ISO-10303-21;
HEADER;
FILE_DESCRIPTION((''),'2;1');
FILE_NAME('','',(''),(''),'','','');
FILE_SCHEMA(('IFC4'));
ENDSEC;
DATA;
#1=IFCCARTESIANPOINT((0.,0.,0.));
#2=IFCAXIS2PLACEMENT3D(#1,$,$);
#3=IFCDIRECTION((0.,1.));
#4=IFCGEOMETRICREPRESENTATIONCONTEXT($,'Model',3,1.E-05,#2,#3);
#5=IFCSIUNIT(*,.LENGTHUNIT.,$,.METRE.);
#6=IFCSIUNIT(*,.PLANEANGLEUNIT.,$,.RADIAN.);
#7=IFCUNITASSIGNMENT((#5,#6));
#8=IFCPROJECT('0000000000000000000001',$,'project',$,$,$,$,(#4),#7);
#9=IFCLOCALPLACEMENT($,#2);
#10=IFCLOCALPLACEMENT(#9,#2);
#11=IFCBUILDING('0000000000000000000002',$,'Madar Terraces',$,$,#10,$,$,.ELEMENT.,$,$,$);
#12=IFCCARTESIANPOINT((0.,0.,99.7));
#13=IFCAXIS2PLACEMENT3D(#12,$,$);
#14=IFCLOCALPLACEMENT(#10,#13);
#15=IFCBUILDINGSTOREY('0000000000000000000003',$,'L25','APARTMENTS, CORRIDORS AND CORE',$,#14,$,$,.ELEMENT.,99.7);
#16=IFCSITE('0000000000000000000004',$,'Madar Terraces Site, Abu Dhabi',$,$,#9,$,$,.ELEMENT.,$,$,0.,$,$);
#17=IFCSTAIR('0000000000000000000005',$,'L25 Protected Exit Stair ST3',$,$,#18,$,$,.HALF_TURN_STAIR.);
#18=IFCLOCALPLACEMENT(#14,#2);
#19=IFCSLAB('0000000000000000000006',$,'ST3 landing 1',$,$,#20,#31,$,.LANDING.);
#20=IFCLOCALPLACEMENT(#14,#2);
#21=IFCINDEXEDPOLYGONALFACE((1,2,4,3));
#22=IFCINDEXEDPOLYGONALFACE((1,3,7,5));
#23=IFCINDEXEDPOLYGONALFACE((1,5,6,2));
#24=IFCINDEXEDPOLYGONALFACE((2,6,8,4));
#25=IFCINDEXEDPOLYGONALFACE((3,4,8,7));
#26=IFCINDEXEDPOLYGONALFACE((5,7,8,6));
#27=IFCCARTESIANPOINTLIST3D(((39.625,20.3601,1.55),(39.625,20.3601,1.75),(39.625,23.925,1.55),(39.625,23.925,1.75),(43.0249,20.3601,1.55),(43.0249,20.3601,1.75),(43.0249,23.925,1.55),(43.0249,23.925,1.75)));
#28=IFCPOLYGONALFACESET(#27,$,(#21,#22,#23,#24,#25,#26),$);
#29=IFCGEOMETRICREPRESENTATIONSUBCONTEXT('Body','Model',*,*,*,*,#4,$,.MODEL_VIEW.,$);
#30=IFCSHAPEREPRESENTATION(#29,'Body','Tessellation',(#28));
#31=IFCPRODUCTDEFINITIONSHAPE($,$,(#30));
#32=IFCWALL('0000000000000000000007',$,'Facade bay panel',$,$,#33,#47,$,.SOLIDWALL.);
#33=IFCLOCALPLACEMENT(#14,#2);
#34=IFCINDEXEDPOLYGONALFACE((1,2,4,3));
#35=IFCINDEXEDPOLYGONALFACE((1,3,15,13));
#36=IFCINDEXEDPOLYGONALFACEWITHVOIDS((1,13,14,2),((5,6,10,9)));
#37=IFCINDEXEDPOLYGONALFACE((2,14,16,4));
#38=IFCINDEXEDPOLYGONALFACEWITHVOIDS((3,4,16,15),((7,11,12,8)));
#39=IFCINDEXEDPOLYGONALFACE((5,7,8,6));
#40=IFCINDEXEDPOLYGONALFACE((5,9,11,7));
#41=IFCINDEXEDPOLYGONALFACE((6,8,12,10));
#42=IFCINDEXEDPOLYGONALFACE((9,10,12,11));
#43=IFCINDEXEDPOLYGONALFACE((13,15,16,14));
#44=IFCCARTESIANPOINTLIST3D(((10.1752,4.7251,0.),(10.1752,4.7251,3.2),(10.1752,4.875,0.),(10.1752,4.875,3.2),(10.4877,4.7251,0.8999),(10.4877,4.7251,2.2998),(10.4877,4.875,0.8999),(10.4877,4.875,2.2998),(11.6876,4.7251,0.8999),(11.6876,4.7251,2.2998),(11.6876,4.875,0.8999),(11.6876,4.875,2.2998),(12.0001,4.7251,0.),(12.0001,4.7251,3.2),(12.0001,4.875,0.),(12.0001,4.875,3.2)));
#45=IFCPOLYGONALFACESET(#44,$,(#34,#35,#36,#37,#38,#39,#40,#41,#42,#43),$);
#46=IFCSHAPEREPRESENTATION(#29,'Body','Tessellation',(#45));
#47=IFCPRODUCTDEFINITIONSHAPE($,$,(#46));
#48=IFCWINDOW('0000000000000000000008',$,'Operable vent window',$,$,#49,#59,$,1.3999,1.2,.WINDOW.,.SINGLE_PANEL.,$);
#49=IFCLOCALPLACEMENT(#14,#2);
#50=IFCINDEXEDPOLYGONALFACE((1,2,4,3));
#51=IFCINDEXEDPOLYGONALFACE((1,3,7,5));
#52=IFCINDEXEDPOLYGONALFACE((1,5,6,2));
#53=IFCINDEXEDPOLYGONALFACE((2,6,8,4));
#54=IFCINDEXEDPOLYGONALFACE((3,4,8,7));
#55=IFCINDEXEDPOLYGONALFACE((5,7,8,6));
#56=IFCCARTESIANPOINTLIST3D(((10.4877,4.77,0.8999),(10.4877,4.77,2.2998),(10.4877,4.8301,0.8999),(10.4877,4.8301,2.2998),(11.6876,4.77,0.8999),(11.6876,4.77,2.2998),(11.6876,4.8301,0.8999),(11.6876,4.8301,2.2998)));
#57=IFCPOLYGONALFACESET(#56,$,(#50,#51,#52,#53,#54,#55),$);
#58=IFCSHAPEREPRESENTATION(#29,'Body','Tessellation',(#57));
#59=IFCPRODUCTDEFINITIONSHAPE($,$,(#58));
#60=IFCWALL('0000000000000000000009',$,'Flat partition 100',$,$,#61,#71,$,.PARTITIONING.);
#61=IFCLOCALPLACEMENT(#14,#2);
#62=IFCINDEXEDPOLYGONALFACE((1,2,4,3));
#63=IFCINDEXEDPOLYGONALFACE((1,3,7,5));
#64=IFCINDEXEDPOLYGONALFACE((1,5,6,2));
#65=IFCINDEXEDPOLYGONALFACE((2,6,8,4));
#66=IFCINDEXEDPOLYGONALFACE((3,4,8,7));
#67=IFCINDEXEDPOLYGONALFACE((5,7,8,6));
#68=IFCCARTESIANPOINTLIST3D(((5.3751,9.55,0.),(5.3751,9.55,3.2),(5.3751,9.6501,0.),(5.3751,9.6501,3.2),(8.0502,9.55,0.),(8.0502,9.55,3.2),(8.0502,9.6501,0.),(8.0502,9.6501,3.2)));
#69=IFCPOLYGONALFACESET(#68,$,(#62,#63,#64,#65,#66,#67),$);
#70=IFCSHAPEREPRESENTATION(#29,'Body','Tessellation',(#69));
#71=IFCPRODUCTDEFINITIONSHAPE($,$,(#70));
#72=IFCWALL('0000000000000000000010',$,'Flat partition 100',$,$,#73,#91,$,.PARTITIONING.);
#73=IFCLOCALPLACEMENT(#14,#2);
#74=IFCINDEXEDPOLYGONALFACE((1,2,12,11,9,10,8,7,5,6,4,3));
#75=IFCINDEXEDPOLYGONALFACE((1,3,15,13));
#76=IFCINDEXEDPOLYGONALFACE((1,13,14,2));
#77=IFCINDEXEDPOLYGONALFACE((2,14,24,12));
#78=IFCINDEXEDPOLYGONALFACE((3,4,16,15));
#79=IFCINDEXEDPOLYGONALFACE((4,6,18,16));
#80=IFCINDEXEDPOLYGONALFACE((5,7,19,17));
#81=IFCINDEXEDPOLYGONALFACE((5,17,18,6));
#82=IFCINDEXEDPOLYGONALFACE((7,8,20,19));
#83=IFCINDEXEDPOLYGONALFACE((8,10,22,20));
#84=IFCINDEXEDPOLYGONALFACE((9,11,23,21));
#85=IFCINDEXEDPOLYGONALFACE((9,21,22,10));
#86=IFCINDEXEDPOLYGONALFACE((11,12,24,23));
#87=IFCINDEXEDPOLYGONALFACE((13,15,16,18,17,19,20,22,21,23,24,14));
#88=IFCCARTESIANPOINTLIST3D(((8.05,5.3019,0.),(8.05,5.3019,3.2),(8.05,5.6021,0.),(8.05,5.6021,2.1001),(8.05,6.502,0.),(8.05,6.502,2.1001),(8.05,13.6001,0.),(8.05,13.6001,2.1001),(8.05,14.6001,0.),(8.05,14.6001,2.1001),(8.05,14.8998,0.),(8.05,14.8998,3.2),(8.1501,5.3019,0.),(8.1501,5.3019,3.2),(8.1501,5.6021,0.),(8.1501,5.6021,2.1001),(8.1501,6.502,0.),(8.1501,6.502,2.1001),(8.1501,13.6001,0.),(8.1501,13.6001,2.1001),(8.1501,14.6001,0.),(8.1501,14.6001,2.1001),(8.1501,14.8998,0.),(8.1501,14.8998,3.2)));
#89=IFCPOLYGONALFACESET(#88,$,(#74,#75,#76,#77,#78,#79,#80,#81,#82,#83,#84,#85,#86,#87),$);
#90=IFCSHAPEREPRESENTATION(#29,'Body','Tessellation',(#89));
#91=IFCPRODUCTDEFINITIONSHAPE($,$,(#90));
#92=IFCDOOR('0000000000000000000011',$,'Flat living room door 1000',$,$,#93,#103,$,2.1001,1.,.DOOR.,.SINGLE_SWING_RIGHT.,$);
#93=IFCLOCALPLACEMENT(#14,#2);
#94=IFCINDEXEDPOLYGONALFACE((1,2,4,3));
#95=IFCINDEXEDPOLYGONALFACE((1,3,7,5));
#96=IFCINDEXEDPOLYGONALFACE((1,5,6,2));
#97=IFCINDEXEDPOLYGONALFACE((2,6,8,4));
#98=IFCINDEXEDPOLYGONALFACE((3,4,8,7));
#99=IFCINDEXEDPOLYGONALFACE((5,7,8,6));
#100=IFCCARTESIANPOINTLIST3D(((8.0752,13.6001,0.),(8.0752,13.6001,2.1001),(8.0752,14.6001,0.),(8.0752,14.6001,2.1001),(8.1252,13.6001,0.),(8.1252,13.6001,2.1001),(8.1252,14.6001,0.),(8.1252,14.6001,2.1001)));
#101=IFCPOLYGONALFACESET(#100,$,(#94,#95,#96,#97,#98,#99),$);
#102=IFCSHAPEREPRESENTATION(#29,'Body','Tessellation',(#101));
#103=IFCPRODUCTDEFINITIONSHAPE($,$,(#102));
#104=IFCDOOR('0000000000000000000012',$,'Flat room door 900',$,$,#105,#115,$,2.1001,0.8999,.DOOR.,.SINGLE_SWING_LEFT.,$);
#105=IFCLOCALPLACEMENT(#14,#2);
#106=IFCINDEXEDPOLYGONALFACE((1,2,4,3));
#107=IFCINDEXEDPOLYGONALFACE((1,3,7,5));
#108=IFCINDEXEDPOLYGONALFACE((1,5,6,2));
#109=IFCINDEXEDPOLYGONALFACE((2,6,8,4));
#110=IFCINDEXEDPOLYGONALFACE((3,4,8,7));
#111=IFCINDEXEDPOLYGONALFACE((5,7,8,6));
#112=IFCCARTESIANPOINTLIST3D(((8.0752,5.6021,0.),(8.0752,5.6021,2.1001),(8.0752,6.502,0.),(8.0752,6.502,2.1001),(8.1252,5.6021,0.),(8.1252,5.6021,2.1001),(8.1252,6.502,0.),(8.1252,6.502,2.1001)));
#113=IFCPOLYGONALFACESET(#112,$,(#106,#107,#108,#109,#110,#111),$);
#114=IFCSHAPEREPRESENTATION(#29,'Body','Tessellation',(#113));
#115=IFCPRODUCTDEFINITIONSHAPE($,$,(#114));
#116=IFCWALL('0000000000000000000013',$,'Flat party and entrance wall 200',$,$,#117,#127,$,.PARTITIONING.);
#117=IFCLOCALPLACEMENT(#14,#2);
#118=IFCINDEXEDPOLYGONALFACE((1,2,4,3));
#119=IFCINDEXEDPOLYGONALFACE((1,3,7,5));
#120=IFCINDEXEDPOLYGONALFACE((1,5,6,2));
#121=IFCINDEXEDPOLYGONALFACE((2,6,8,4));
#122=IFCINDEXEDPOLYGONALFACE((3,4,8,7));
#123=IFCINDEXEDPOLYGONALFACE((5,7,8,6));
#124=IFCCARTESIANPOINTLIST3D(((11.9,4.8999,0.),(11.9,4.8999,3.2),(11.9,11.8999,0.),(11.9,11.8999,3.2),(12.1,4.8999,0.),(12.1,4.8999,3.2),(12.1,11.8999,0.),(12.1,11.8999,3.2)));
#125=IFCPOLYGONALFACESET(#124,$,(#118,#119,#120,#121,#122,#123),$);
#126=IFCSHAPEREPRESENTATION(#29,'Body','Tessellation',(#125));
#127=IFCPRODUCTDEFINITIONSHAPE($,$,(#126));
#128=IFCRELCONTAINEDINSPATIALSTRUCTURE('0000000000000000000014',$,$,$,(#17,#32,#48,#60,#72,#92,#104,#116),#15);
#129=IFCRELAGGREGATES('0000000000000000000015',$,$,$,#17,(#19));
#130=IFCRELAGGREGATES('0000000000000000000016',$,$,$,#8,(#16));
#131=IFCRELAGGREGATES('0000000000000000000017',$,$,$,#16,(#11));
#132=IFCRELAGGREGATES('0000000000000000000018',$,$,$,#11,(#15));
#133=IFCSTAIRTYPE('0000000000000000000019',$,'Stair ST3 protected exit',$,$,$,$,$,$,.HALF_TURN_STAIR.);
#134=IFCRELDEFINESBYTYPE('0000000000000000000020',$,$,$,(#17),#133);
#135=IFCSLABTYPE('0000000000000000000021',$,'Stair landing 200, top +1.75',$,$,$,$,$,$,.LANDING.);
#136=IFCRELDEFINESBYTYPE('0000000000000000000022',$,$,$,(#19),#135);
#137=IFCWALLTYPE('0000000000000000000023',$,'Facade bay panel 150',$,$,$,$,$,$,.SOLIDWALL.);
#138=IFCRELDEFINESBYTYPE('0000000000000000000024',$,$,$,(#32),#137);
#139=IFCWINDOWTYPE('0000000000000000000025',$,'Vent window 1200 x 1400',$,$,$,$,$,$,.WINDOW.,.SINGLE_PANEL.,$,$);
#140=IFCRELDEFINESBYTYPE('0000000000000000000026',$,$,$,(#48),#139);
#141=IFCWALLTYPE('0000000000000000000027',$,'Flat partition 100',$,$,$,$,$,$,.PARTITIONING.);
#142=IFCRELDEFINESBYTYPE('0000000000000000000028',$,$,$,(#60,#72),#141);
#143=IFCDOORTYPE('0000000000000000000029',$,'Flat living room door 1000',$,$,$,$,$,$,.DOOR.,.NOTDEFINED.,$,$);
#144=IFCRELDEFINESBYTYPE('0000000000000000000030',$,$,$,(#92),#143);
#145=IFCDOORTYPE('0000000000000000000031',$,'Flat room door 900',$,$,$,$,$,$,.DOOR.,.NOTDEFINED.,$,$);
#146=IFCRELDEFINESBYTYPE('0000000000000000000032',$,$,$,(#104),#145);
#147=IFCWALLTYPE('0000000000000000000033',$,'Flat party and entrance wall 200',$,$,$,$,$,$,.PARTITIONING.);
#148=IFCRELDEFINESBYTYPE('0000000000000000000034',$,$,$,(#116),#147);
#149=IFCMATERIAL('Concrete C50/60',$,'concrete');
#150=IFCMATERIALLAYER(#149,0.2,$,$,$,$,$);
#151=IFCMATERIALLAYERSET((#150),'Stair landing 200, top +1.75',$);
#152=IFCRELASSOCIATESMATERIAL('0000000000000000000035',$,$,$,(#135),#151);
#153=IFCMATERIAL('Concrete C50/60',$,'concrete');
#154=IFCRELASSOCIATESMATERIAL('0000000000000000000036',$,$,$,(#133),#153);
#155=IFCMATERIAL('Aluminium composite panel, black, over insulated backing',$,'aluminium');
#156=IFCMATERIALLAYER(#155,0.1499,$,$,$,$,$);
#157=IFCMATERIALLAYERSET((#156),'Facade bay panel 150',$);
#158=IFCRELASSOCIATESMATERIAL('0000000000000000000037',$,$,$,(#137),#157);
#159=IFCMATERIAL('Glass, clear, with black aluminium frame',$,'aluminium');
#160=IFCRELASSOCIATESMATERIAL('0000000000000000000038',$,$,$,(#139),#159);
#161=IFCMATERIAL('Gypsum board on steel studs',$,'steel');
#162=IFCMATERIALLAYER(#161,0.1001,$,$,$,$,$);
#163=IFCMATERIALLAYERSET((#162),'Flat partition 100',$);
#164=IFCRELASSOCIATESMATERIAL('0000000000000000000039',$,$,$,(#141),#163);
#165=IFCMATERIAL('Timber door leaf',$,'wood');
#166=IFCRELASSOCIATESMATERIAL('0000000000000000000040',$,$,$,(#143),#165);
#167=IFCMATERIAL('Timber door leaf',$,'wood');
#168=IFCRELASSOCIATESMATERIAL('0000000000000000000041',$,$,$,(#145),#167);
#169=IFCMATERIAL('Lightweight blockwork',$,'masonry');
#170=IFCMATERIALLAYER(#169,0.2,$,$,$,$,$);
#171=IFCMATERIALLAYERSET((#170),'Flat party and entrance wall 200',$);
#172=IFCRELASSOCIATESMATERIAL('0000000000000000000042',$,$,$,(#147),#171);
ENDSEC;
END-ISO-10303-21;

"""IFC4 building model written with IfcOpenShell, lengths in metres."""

from ifc_helpers import new_model, si_unit, direction, frame, frame_2d, origin, place, context, subcontext, project, spatial, polyline, rectangle, outline, extrude, material, layer, layer_set, type_object, element, fill, aggregate, save


model = new_model("IFC4")

# Units and contexts
model_context = context("Model", 3, precision=1e-05, world=origin(), true_north=direction((0.0, 1.0)))
body_context = subcontext(model_context, "Body", "Model", "MODEL_VIEW")
ifc_project = project(units=[si_unit("LENGTHUNIT", "METRE"), si_unit("PLANEANGLEUNIT", "RADIAN")], contexts=[model_context])

# Site, building, storey
site_placement = place(None, origin())
site = spatial("IfcSite", under=ifc_project, at=site_placement, Name="Madar Terraces Site, Abu Dhabi", CompositionType="ELEMENT", RefElevation=0.0)
building_placement = place(site_placement, origin())
building = spatial("IfcBuilding", under=site, at=building_placement, Name="Madar Terraces", CompositionType="ELEMENT")
storey_placement = place(building_placement, frame((0.0, 0.0, 99.7)))
storey = spatial("IfcBuildingStorey", under=building, at=storey_placement, Name="L25", Description="APARTMENTS, CORRIDORS AND CORE", CompositionType="ELEMENT", Elevation=99.7)

# Stair, slab
ifc_material_1 = material(Name="Concrete C50/60", Category="concrete")
ifc_layer_1 = layer(ifc_material_1, 0.2)
ifc_layer_set_1 = layer_set([ifc_layer_1], Name="Stair landing 200, top +1.75")
slab_type_1 = type_object("IfcSlabType", Name="Stair landing 200, top +1.75", PredefinedType="LANDING", material=ifc_layer_set_1)
ifc_material_2 = material(Name="Concrete C50/60", Category="concrete")
stair_type_1 = type_object("IfcStairType", Name="Stair ST3 protected exit", PredefinedType="HALF_TURN_STAIR", material=ifc_material_2)
stair_1_placement = place(storey_placement, origin())
stair_1 = element("IfcStair", 1, at=stair_1_placement, inside=storey, type_object=stair_type_1, Name="L25 Protected Exit Stair ST3", PredefinedType="HALF_TURN_STAIR")
slab_1_placement = place(storey_placement, frame((0.0, 0.0, 1.55)))
slab_1 = element("IfcSlab", 2, at=slab_1_placement, type_object=slab_type_1, Name="ST3 landing 1", PredefinedType="LANDING", context=body_context, shape_type="SweptSolid", body=[
    extrude(outline(polyline([(39.625, 20.3601), (43.0249, 20.3601), (43.0249, 23.925), (39.625, 23.925), (39.625, 20.3601)])), origin(), (0.0, 0.0, 1.0), 0.2),
])
aggregate(stair_1, [slab_1])

# Wall, opening, window
ifc_material_3 = material(Name="Aluminium composite panel, black, over insulated backing", Category="aluminium")
ifc_layer_2 = layer(ifc_material_3, 0.1499)
ifc_layer_set_2 = layer_set([ifc_layer_2], Name="Facade bay panel 150")
wall_type_1 = type_object("IfcWallType", Name="Facade bay panel 150", PredefinedType="SOLIDWALL", material=ifc_layer_set_2)
wall_1_placement = place(storey_placement, frame((10.175, 4.8, 0.0), z_axis=(0.0, 0.0, 1.0), x_axis=(1.0, 0.0, 0.0)))
wall_1 = element("IfcWall", 3, at=wall_1_placement, inside=storey, type_object=wall_type_1, Name="Facade bay panel", PredefinedType="SOLIDWALL", context=body_context, shape_type="SweptSolid", body=[
    extrude(rectangle(XDim=1.825, YDim=0.1499, at=frame_2d((0.9126, 0.0))), origin(), (0.0, 0.0, 1.0), 3.2),
])
opening_1_placement = place(wall_1_placement, frame((0.3125, 0.0, 0.8999)))
opening_1 = element("IfcOpeningElement", 4, at=opening_1_placement, cuts=wall_1, PredefinedType="OPENING", context=body_context, shape_type="SweptSolid", body=[
    extrude(rectangle(XDim=1.2, YDim=1.3999, at=frame_2d((0.6001, 0.7))), frame((0.0, 0.085, 0.0), z_axis=(0.0, -1.0, 0.0), x_axis=(1.0, 0.0, 0.0)), (0.0, 0.0, 1.0), 0.1699),
])
ifc_material_4 = material(Name="Glass, clear, with black aluminium frame", Category="aluminium")
window_type = type_object("IfcWindowType", Name="Vent window 1200 x 1400", PartitioningType="SINGLE_PANEL", PredefinedType="WINDOW", material=ifc_material_4)
window_placement = place(opening_1_placement, origin())
window = element("IfcWindow", 5, at=window_placement, inside=storey, type_object=window_type, Name="Operable vent window", OverallHeight=1.3999, OverallWidth=1.2, PartitioningType="SINGLE_PANEL", PredefinedType="WINDOW", context=body_context, shape_type="SweptSolid", body=[
    extrude(rectangle(XDim=1.2, YDim=1.3999, at=frame_2d((0.6001, 0.7))), frame((0.0, 0.03, 0.0), z_axis=(0.0, -1.0, 0.0), x_axis=(1.0, 0.0, 0.0)), (0.0, 0.0, 1.0), 0.0601),
])
fill(opening_1, window)

# Wall
ifc_material_5 = material(Name="Gypsum board on steel studs", Category="steel")
ifc_layer_3 = layer(ifc_material_5, 0.1001)
ifc_layer_set_3 = layer_set([ifc_layer_3], Name="Flat partition 100")
wall_type_2 = type_object("IfcWallType", Name="Flat partition 100", PredefinedType="PARTITIONING", material=ifc_layer_set_3)
wall_2_placement = place(storey_placement, frame((8.05, 9.6001, 0.0), z_axis=(0.0, 0.0, 1.0), x_axis=(-1.0, 0.0, 0.0)))
element("IfcWall", 6, at=wall_2_placement, inside=storey, type_object=wall_type_2, Name="Flat partition 100", PredefinedType="PARTITIONING", context=body_context, shape_type="SweptSolid", body=[
    extrude(rectangle(XDim=2.675, YDim=0.1001, at=frame_2d((1.3374, 0.0))), origin(), (0.0, 0.0, 1.0), 3.2),
])

# Wall, openings, doors
wall_3_placement = place(storey_placement, frame((8.1001, 5.302, 0.0), z_axis=(0.0, 0.0, 1.0), x_axis=(0.0, 1.0, 0.0)))
wall_3 = element("IfcWall", 7, at=wall_3_placement, inside=storey, type_object=wall_type_2, Name="Flat partition 100", PredefinedType="PARTITIONING", context=body_context, shape_type="SweptSolid", body=[
    extrude(rectangle(XDim=9.5979, YDim=0.1001, at=frame_2d((4.7988, 0.0))), origin(), (0.0, 0.0, 1.0), 3.2),
])
opening_2_placement = place(wall_3_placement, frame((8.2981, 0.0, 0.0)))
opening_2 = element("IfcOpeningElement", 8, at=opening_2_placement, cuts=wall_3, PredefinedType="OPENING", context=body_context, shape_type="SweptSolid", body=[
    extrude(rectangle(XDim=1.0, YDim=2.1001, at=frame_2d((0.5, 1.05))), frame((0.0, 0.0601, 0.0), z_axis=(0.0, -1.0, 0.0), x_axis=(1.0, 0.0, 0.0)), (0.0, 0.0, 1.0), 0.1201),
])
opening_3_placement = place(wall_3_placement, frame((0.3, 0.0, 0.0)))
opening_3 = element("IfcOpeningElement", 9, at=opening_3_placement, cuts=wall_3, PredefinedType="OPENING", context=body_context, shape_type="SweptSolid", body=[
    extrude(rectangle(XDim=0.8999, YDim=2.1001, at=frame_2d((0.45, 1.05))), frame((0.0, 0.0601, 0.0), z_axis=(0.0, -1.0, 0.0), x_axis=(1.0, 0.0, 0.0)), (0.0, 0.0, 1.0), 0.1201),
])
ifc_material_6 = material(Name="Timber door leaf", Category="wood")
door_type_1 = type_object("IfcDoorType", Name="Flat living room door 1000", OperationType="NOTDEFINED", PredefinedType="DOOR", material=ifc_material_6)
door_1_placement = place(opening_2_placement, origin())
door_1 = element("IfcDoor", 10, at=door_1_placement, inside=storey, type_object=door_type_1, Name="Flat living room door 1000", OperationType="SINGLE_SWING_RIGHT", OverallHeight=2.1001, OverallWidth=1.0, PredefinedType="DOOR", context=body_context, shape_type="SweptSolid", body=[
    extrude(rectangle(XDim=1.0, YDim=2.1001, at=frame_2d((0.5, 1.05))), frame((0.0, 0.0249, 0.0), z_axis=(0.0, -1.0, 0.0), x_axis=(1.0, 0.0, 0.0)), (0.0, 0.0, 1.0), 0.05),
])
fill(opening_2, door_1)
ifc_material_7 = material(Name="Timber door leaf", Category="wood")
door_type_2 = type_object("IfcDoorType", Name="Flat room door 900", OperationType="NOTDEFINED", PredefinedType="DOOR", material=ifc_material_7)
door_2_placement = place(opening_3_placement, origin())
door_2 = element("IfcDoor", 11, at=door_2_placement, inside=storey, type_object=door_type_2, Name="Flat room door 900", OperationType="SINGLE_SWING_LEFT", OverallHeight=2.1001, OverallWidth=0.8999, PredefinedType="DOOR", context=body_context, shape_type="SweptSolid", body=[
    extrude(rectangle(XDim=0.8999, YDim=2.1001, at=frame_2d((0.45, 1.05))), frame((0.0, 0.0249, 0.0), z_axis=(0.0, -1.0, 0.0), x_axis=(1.0, 0.0, 0.0)), (0.0, 0.0, 1.0), 0.05),
])
fill(opening_3, door_2)

# Wall
ifc_material_8 = material(Name="Lightweight blockwork", Category="masonry")
ifc_layer_4 = layer(ifc_material_8, 0.2)
ifc_layer_set_4 = layer_set([ifc_layer_4], Name="Flat party and entrance wall 200")
wall_type_3 = type_object("IfcWallType", Name="Flat party and entrance wall 200", PredefinedType="PARTITIONING", material=ifc_layer_set_4)
wall_4_placement = place(storey_placement, frame((12.0, 4.8999, 0.0), z_axis=(0.0, 0.0, 1.0), x_axis=(0.0, 1.0, 0.0)))
element("IfcWall", 12, at=wall_4_placement, inside=storey, type_object=wall_type_3, Name="Flat party and entrance wall 200", PredefinedType="PARTITIONING", context=body_context, shape_type="SweptSolid", body=[
    extrude(rectangle(XDim=7.0, YDim=0.2, at=frame_2d((3.5, 0.0))), origin(), (0.0, 0.0, 1.0), 3.2),
])

save(model, "model.ifc")
